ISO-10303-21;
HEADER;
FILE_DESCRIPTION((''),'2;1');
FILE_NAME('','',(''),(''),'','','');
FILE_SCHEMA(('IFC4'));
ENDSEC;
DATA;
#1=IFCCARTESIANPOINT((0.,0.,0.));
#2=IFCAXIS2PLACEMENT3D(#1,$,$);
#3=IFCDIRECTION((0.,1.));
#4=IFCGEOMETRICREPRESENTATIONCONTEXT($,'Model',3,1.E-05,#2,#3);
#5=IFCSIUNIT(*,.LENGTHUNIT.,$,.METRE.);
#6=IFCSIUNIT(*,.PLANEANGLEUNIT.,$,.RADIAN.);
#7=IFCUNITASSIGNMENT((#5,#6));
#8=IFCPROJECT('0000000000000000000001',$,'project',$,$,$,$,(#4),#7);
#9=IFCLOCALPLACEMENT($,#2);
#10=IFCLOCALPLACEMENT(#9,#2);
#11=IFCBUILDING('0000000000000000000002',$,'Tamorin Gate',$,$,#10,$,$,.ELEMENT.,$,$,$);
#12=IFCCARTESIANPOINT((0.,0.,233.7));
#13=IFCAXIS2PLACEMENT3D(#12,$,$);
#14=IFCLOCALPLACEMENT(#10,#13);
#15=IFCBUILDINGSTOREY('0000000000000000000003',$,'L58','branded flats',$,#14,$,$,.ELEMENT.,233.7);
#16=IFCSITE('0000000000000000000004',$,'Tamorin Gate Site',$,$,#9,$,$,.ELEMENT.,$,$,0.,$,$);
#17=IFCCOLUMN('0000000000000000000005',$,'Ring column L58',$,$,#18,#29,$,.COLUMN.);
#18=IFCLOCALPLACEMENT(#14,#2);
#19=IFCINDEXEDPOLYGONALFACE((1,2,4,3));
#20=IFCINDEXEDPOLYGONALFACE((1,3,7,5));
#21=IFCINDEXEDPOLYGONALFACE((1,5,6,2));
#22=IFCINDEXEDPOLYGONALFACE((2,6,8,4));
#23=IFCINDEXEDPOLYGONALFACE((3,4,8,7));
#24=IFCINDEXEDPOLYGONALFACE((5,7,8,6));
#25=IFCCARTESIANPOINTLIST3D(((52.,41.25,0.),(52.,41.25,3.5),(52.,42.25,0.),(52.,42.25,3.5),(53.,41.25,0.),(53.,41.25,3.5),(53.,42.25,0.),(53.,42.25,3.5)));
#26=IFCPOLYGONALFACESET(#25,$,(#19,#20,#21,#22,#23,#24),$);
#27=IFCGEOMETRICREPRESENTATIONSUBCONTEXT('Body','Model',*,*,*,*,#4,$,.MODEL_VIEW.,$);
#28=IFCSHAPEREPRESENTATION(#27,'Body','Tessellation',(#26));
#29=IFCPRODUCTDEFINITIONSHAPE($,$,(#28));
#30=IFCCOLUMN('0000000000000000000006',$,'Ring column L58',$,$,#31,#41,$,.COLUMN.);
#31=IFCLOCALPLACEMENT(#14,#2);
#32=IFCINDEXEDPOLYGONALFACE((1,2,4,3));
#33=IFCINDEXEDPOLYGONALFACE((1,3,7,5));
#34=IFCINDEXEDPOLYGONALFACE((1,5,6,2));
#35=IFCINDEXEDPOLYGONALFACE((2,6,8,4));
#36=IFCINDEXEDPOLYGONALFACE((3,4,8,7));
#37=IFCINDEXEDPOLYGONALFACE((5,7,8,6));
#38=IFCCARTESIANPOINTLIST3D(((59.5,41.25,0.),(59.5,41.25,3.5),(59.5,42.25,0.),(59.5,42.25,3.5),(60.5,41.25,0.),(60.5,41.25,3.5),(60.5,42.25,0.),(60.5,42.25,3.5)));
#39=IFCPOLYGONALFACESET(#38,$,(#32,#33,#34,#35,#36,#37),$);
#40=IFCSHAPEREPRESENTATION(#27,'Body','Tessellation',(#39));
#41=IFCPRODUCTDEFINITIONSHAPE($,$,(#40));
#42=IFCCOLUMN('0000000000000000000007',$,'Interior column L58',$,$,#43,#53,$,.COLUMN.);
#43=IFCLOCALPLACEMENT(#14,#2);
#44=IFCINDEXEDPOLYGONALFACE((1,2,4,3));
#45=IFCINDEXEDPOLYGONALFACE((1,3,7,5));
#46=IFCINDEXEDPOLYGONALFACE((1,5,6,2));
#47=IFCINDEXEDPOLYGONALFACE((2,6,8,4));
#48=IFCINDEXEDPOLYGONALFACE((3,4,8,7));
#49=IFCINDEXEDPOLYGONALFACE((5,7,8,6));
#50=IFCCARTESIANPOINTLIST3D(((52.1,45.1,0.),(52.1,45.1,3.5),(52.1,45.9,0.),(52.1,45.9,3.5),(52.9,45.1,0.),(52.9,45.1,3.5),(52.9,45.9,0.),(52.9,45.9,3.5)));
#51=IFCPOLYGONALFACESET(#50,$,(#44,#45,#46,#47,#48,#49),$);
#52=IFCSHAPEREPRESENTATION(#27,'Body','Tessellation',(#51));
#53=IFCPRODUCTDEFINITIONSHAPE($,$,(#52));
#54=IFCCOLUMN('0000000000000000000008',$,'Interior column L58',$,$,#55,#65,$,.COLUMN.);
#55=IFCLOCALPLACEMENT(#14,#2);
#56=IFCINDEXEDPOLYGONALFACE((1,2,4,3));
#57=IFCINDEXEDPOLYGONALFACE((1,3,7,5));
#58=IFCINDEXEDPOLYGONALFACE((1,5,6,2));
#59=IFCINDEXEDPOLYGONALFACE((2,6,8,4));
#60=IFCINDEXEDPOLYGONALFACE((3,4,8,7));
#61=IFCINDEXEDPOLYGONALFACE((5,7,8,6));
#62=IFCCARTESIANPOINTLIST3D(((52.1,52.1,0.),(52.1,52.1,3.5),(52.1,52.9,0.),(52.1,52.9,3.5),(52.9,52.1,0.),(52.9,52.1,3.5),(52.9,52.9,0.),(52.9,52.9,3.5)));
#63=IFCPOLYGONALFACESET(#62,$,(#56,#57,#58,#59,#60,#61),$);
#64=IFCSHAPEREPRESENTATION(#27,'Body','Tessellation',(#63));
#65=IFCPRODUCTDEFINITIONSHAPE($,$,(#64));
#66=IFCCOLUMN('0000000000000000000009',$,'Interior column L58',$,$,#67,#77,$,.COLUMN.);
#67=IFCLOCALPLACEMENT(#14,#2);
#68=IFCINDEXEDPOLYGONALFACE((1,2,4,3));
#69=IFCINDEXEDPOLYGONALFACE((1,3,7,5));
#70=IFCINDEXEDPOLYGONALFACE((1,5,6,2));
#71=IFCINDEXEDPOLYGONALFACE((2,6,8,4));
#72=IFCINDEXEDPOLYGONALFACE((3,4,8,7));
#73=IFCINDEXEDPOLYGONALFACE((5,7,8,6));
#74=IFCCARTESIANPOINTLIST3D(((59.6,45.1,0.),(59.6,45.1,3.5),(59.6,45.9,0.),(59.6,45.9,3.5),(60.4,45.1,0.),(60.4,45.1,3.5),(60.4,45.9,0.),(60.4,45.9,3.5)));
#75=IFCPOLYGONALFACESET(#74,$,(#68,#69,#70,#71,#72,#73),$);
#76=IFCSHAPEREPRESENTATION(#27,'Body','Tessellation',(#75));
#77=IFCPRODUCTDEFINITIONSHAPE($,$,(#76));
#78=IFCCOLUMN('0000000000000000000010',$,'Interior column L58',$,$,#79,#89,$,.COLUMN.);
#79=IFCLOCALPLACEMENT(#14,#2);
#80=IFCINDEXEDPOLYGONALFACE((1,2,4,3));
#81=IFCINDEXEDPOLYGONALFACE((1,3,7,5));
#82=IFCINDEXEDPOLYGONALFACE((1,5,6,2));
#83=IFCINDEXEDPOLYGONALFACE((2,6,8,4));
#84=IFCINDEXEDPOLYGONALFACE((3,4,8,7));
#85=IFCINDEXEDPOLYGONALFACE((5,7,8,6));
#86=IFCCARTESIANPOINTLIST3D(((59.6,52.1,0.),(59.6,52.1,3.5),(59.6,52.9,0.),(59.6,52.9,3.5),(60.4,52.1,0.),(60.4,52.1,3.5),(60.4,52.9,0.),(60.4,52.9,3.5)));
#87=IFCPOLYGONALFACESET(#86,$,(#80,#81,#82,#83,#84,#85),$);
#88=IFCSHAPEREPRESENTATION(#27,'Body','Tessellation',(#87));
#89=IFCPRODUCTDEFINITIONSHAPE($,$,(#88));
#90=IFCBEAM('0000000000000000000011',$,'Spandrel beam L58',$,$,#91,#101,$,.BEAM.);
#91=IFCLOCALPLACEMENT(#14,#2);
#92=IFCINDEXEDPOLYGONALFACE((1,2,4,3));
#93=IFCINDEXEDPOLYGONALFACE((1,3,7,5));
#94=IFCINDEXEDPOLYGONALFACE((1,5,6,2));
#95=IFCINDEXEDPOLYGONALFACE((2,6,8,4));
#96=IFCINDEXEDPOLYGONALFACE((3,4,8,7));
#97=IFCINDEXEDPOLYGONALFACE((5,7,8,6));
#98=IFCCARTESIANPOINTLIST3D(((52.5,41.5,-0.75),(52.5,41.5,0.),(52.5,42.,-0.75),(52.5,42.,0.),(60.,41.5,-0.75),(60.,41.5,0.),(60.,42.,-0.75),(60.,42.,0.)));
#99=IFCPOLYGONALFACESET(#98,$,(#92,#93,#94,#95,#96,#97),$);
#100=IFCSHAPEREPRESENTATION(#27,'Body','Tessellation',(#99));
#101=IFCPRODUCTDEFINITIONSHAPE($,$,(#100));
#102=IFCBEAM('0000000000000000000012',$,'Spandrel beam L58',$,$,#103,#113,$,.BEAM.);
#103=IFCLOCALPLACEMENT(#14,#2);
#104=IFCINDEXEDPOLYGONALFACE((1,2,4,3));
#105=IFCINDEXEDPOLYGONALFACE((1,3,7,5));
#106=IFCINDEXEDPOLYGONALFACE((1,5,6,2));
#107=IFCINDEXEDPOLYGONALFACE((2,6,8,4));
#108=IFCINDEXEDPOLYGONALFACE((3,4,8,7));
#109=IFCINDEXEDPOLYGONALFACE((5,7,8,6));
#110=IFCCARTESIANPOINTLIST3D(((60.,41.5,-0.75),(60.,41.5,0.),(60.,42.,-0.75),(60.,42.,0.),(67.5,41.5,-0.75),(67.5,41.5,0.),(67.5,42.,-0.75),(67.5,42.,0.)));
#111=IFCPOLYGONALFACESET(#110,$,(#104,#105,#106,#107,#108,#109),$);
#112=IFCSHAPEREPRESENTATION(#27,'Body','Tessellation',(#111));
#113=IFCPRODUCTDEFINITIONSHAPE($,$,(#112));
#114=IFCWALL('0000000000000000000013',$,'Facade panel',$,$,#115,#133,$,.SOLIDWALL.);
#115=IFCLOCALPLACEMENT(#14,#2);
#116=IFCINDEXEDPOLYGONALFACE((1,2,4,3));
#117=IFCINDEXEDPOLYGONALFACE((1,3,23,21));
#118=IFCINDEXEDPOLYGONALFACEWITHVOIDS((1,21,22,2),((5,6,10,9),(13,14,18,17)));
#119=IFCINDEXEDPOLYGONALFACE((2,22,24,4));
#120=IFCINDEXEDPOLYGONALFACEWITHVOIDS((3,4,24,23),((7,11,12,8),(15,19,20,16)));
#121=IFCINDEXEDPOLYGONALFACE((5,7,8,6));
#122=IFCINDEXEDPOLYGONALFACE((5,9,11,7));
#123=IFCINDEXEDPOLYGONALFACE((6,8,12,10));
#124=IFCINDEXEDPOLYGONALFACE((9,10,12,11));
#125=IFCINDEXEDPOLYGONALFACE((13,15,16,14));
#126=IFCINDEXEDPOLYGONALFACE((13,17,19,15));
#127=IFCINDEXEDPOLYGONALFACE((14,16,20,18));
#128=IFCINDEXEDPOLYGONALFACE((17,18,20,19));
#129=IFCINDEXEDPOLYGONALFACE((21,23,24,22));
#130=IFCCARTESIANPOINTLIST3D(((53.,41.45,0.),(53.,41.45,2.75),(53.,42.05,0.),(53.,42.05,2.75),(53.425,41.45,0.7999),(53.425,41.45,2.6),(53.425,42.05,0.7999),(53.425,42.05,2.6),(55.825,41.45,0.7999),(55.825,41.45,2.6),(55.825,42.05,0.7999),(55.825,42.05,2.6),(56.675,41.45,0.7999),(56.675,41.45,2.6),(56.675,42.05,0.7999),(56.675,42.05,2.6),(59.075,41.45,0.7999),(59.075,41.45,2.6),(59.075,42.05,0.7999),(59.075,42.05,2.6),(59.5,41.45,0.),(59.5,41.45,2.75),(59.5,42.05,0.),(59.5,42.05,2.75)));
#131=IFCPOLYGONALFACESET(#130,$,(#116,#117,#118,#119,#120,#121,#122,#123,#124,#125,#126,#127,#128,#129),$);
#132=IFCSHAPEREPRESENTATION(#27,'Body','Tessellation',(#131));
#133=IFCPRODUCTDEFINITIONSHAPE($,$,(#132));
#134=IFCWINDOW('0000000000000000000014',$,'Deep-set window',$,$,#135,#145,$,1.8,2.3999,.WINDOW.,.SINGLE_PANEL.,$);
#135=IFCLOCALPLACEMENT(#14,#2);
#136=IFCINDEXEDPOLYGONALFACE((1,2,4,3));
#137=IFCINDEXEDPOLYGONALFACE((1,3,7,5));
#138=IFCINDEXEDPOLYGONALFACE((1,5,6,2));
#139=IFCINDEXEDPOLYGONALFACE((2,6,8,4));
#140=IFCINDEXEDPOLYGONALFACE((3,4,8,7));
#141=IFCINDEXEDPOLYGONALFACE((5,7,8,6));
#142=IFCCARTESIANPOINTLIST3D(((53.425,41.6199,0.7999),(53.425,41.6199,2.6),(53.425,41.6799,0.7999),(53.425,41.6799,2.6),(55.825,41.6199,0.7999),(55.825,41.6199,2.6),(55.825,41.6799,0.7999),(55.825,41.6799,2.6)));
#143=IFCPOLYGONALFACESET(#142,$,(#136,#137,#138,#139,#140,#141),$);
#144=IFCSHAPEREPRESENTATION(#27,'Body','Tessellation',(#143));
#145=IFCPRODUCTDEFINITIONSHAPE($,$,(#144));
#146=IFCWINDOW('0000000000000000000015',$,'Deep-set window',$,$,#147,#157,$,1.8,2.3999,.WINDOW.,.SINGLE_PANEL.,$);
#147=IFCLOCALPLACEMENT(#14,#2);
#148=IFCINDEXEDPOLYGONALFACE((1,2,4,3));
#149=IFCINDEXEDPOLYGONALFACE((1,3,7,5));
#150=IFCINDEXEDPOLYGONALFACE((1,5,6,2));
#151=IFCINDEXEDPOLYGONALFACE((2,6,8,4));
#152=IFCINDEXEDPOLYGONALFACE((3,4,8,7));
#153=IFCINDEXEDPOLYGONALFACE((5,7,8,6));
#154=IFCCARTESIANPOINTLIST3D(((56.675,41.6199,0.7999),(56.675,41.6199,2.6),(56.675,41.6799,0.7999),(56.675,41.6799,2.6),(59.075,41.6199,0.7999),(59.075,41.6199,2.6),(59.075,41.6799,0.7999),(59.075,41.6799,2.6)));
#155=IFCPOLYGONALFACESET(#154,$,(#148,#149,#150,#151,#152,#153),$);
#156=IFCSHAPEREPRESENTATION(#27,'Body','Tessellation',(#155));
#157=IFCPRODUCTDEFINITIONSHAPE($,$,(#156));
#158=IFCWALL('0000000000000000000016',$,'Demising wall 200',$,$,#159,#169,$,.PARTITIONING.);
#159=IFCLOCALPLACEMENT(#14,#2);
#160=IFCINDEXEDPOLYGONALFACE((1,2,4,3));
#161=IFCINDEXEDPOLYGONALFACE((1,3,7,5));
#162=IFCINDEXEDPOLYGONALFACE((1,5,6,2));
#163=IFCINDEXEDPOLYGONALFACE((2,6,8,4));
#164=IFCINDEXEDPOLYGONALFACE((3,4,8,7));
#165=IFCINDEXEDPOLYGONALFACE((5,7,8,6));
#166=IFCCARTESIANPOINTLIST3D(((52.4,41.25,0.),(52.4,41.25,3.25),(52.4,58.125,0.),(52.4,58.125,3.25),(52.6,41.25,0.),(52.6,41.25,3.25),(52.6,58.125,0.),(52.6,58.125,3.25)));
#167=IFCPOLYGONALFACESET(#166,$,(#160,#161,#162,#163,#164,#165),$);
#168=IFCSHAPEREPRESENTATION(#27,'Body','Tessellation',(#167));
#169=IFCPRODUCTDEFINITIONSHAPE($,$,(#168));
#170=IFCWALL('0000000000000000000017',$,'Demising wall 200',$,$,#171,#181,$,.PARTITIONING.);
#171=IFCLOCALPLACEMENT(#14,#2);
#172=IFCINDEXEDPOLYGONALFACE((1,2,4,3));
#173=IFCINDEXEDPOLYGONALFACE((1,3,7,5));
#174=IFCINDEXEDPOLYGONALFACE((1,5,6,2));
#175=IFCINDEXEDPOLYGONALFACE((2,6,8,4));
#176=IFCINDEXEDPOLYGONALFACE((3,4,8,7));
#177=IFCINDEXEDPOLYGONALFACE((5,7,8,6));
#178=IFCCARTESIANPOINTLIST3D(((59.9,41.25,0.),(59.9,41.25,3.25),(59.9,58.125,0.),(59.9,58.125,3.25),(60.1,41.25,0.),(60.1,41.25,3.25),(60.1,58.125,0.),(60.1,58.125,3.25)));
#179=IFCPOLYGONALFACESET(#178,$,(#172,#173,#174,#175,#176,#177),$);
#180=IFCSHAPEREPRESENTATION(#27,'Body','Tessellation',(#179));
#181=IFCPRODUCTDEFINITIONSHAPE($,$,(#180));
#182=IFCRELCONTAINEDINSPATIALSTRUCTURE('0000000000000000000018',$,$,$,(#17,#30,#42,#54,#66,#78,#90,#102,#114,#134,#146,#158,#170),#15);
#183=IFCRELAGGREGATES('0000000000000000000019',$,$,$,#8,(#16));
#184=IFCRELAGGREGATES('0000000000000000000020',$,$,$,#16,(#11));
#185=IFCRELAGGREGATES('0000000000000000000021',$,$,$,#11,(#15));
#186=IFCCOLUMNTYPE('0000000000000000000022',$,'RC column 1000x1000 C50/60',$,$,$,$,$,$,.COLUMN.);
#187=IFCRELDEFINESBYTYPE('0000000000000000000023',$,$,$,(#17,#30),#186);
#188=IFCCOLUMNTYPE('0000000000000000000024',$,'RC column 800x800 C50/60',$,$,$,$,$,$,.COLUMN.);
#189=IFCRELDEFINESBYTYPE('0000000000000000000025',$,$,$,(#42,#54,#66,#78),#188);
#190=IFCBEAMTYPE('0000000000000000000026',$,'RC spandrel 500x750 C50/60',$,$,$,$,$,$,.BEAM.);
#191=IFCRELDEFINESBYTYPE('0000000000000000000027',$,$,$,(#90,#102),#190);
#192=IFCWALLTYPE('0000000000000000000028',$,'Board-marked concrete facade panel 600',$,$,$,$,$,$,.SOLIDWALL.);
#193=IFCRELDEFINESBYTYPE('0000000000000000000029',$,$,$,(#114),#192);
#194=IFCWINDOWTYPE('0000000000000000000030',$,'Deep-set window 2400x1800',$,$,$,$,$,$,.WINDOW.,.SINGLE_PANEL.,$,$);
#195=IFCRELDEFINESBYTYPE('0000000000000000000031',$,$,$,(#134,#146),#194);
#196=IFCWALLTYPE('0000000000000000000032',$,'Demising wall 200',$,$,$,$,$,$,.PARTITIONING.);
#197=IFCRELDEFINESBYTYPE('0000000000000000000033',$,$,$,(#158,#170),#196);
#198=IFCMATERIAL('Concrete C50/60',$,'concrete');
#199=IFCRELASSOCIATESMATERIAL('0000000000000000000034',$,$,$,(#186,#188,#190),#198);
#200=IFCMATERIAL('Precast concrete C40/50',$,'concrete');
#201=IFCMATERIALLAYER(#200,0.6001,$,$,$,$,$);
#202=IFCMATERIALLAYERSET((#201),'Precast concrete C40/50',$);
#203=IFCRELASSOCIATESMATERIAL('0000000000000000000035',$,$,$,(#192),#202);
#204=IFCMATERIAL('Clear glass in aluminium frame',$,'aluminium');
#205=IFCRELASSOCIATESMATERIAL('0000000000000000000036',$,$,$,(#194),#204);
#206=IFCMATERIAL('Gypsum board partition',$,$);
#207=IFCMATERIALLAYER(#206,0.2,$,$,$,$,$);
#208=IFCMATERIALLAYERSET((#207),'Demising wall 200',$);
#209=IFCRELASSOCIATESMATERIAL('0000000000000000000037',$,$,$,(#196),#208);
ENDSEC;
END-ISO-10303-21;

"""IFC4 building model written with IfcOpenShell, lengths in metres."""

from ifc_helpers import new_model, si_unit, direction, frame, frame_2d, origin, origin_2d, place, context, subcontext, project, spatial, rectangle, extrude, material, layer, layer_set, material_profile, profile_set, type_object, element, fill, save


model = new_model("IFC4")

# Units and contexts
model_context = context("Model", 3, precision=1e-05, world=origin(), true_north=direction((0.0, 1.0)))
body_context = subcontext(model_context, "Body", "Model", "MODEL_VIEW")
ifc_project = project(units=[si_unit("LENGTHUNIT", "METRE"), si_unit("PLANEANGLEUNIT", "RADIAN")], contexts=[model_context])

# Site, building, storey
site_placement = place(None, origin())
site = spatial("IfcSite", under=ifc_project, at=site_placement, Name="Tamorin Gate Site", CompositionType="ELEMENT", RefElevation=0.0)
building_placement = place(site_placement, origin())
building = spatial("IfcBuilding", under=site, at=building_placement, Name="Tamorin Gate", CompositionType="ELEMENT")
storey_placement = place(building_placement, frame((0.0, 0.0, 233.7)))
storey = spatial("IfcBuildingStorey", under=building, at=storey_placement, Name="L58", Description="branded flats", CompositionType="ELEMENT", Elevation=233.7)

# Columns
ifc_material_1 = material(Name="Concrete C50/60", Category="concrete")
ifc_material_profile_1 = material_profile(ifc_material_1, rectangle(XDim=1.0, YDim=1.0, at=origin_2d()), Name="RC 1000x1000")
ifc_profile_set_1 = profile_set([ifc_material_profile_1], Name="Concrete C50/60")
column_type_1 = type_object("IfcColumnType", Name="RC column 1000x1000 C50/60", PredefinedType="COLUMN", material=ifc_profile_set_1)
for number, where, z_axis, x_axis, name in (
    (1, (52.5, 41.75, 0.0), (0.0, 0.0, 1.0), (1.0, 0.0, 0.0), "Ring column L58"),
    (2, (60.0, 41.75, 0.0), (0.0, 0.0, 1.0), (1.0, 0.0, 0.0), "Ring column L58"),
):
    element("IfcColumn", number, at=place(storey_placement, frame(where, z_axis=z_axis, x_axis=x_axis)), inside=storey, type_object=column_type_1, Name=name, PredefinedType="COLUMN", context=body_context, shape_type="SweptSolid", body=[
        extrude(rectangle(XDim=1.0, YDim=1.0, at=origin_2d()), origin(), (0.0, 0.0, 1.0), 3.5),
    ])
ifc_material_profile_2 = material_profile(ifc_material_1, rectangle(XDim=0.8, YDim=0.8, at=origin_2d()), Name="RC 800x800")
ifc_profile_set_2 = profile_set([ifc_material_profile_2], Name="Concrete C50/60")
column_type_2 = type_object("IfcColumnType", Name="RC column 800x800 C50/60", PredefinedType="COLUMN", material=ifc_profile_set_2)
for number, where, z_axis, x_axis, name in (
    (3, (52.5, 45.5, 0.0), (0.0, 0.0, 1.0), (1.0, 0.0, 0.0), "Interior column L58"),
    (4, (52.5, 52.5, 0.0), (0.0, 0.0, 1.0), (1.0, 0.0, 0.0), "Interior column L58"),
    (5, (60.0, 45.5, 0.0), (0.0, 0.0, 1.0), (1.0, 0.0, 0.0), "Interior column L58"),
    (6, (60.0, 52.5, 0.0), (0.0, 0.0, 1.0), (1.0, 0.0, 0.0), "Interior column L58"),
):
    element("IfcColumn", number, at=place(storey_placement, frame(where, z_axis=z_axis, x_axis=x_axis)), inside=storey, type_object=column_type_2, Name=name, PredefinedType="COLUMN", context=body_context, shape_type="SweptSolid", body=[
        extrude(rectangle(XDim=0.8, YDim=0.8, at=origin_2d()), origin(), (0.0, 0.0, 1.0), 3.5),
    ])

# Beams
ifc_material_profile_3 = material_profile(ifc_material_1, rectangle(XDim=0.5, YDim=0.75, at=origin_2d()), Name="RC 500x750")
ifc_profile_set_3 = profile_set([ifc_material_profile_3], Name="Concrete C50/60")
beam_type = type_object("IfcBeamType", Name="RC spandrel 500x750 C50/60", PredefinedType="BEAM", material=ifc_profile_set_3)
for number, where, z_axis, x_axis, name in (
    (7, (52.5, 41.75, -0.375), (1.0, 0.0, 0.0), (0.0, 1.0, 0.0), "Spandrel beam L58"),
    (8, (60.0, 41.75, -0.375), (1.0, 0.0, 0.0), (0.0, 1.0, 0.0), "Spandrel beam L58"),
):
    element("IfcBeam", number, at=place(storey_placement, frame(where, z_axis=z_axis, x_axis=x_axis)), inside=storey, type_object=beam_type, Name=name, PredefinedType="BEAM", context=body_context, shape_type="SweptSolid", body=[
        extrude(rectangle(XDim=0.5, YDim=0.75, at=origin_2d()), origin(), (0.0, 0.0, 1.0), 7.5),
    ])

# Wall, openings, windows
ifc_material_2 = material(Name="Precast concrete C40/50", Category="concrete")
ifc_layer_1 = layer(ifc_material_2, 0.6001)
ifc_layer_set_1 = layer_set([ifc_layer_1], Name="Precast concrete C40/50")
wall_type_1 = type_object("IfcWallType", Name="Board-marked concrete facade panel 600", PredefinedType="SOLIDWALL", material=ifc_layer_set_1)
wall_1_placement = place(storey_placement, frame((53.0, 41.75, 0.0), z_axis=(0.0, 0.0, 1.0), x_axis=(1.0, 0.0, 0.0)))
wall_1 = element("IfcWall", 9, at=wall_1_placement, inside=storey, type_object=wall_type_1, Name="Facade panel", PredefinedType="SOLIDWALL", context=body_context, shape_type="SweptSolid", body=[
    extrude(rectangle(XDim=6.5, YDim=0.6001, at=frame_2d((3.25, 0.0))), origin(), (0.0, 0.0, 1.0), 2.75),
])
opening_1_placement = place(wall_1_placement, frame((0.425, 0.0, 0.8)))
opening_1 = element("IfcOpeningElement", 10, at=opening_1_placement, cuts=wall_1, PredefinedType="OPENING", context=body_context, shape_type="SweptSolid", body=[
    extrude(rectangle(XDim=2.3999, YDim=1.8, at=frame_2d((1.2, 0.8999))), frame((0.0, 0.3101, 0.0), z_axis=(0.0, -1.0, 0.0), x_axis=(1.0, 0.0, 0.0)), (0.0, 0.0, 1.0), 0.6201),
])
opening_2_placement = place(wall_1_placement, frame((3.675, 0.0, 0.8)))
opening_2 = element("IfcOpeningElement", 11, at=opening_2_placement, cuts=wall_1, PredefinedType="OPENING", context=body_context, shape_type="SweptSolid", body=[
    extrude(rectangle(XDim=2.3999, YDim=1.8, at=frame_2d((1.2, 0.8999))), frame((0.0, 0.3101, 0.0), z_axis=(0.0, -1.0, 0.0), x_axis=(1.0, 0.0, 0.0)), (0.0, 0.0, 1.0), 0.6201),
])
ifc_material_3 = material(Name="Clear glass in aluminium frame", Category="aluminium")
window_type = type_object("IfcWindowType", Name="Deep-set window 2400x1800", PartitioningType="SINGLE_PANEL", PredefinedType="WINDOW", material=ifc_material_3)
window_1_placement = place(opening_1_placement, origin())
window_1 = element("IfcWindow", 12, at=window_1_placement, inside=storey, type_object=window_type, Name="Deep-set window", OverallHeight=1.8, OverallWidth=2.3999, PartitioningType="SINGLE_PANEL", PredefinedType="WINDOW", context=body_context, shape_type="SweptSolid", body=[
    extrude(rectangle(XDim=2.3999, YDim=1.8, at=frame_2d((1.2, 0.8999))), frame((0.0, -0.0701, 0.0), z_axis=(0.0, -1.0, 0.0), x_axis=(1.0, 0.0, 0.0)), (0.0, 0.0, 1.0), 0.0601),
])
fill(opening_1, window_1)
window_2_placement = place(opening_2_placement, origin())
window_2 = element("IfcWindow", 13, at=window_2_placement, inside=storey, type_object=window_type, Name="Deep-set window", OverallHeight=1.8, OverallWidth=2.3999, PartitioningType="SINGLE_PANEL", PredefinedType="WINDOW", context=body_context, shape_type="SweptSolid", body=[
    extrude(rectangle(XDim=2.3999, YDim=1.8, at=frame_2d((1.2, 0.8999))), frame((0.0, -0.0701, 0.0), z_axis=(0.0, -1.0, 0.0), x_axis=(1.0, 0.0, 0.0)), (0.0, 0.0, 1.0), 0.0601),
])
fill(opening_2, window_2)

# Walls
ifc_material_4 = material(Name="Gypsum board partition")
ifc_layer_2 = layer(ifc_material_4, 0.2)
ifc_layer_set_2 = layer_set([ifc_layer_2], Name="Demising wall 200")
wall_type_2 = type_object("IfcWallType", Name="Demising wall 200", PredefinedType="PARTITIONING", material=ifc_layer_set_2)
for number, where, z_axis, x_axis, name in (
    (14, (52.5, 41.25, 0.0), (0.0, 0.0, 1.0), (0.0, 1.0, 0.0), "Demising wall 200"),
    (15, (60.0, 41.25, 0.0), (0.0, 0.0, 1.0), (0.0, 1.0, 0.0), "Demising wall 200"),
):
    element("IfcWall", number, at=place(storey_placement, frame(where, z_axis=z_axis, x_axis=x_axis)), inside=storey, type_object=wall_type_2, Name=name, PredefinedType="PARTITIONING", context=body_context, shape_type="SweptSolid", body=[
        extrude(rectangle(XDim=16.875, YDim=0.2, at=frame_2d((8.4375, 0.0))), origin(), (0.0, 0.0, 1.0), 3.25),
    ])

save(model, "model.ifc")
